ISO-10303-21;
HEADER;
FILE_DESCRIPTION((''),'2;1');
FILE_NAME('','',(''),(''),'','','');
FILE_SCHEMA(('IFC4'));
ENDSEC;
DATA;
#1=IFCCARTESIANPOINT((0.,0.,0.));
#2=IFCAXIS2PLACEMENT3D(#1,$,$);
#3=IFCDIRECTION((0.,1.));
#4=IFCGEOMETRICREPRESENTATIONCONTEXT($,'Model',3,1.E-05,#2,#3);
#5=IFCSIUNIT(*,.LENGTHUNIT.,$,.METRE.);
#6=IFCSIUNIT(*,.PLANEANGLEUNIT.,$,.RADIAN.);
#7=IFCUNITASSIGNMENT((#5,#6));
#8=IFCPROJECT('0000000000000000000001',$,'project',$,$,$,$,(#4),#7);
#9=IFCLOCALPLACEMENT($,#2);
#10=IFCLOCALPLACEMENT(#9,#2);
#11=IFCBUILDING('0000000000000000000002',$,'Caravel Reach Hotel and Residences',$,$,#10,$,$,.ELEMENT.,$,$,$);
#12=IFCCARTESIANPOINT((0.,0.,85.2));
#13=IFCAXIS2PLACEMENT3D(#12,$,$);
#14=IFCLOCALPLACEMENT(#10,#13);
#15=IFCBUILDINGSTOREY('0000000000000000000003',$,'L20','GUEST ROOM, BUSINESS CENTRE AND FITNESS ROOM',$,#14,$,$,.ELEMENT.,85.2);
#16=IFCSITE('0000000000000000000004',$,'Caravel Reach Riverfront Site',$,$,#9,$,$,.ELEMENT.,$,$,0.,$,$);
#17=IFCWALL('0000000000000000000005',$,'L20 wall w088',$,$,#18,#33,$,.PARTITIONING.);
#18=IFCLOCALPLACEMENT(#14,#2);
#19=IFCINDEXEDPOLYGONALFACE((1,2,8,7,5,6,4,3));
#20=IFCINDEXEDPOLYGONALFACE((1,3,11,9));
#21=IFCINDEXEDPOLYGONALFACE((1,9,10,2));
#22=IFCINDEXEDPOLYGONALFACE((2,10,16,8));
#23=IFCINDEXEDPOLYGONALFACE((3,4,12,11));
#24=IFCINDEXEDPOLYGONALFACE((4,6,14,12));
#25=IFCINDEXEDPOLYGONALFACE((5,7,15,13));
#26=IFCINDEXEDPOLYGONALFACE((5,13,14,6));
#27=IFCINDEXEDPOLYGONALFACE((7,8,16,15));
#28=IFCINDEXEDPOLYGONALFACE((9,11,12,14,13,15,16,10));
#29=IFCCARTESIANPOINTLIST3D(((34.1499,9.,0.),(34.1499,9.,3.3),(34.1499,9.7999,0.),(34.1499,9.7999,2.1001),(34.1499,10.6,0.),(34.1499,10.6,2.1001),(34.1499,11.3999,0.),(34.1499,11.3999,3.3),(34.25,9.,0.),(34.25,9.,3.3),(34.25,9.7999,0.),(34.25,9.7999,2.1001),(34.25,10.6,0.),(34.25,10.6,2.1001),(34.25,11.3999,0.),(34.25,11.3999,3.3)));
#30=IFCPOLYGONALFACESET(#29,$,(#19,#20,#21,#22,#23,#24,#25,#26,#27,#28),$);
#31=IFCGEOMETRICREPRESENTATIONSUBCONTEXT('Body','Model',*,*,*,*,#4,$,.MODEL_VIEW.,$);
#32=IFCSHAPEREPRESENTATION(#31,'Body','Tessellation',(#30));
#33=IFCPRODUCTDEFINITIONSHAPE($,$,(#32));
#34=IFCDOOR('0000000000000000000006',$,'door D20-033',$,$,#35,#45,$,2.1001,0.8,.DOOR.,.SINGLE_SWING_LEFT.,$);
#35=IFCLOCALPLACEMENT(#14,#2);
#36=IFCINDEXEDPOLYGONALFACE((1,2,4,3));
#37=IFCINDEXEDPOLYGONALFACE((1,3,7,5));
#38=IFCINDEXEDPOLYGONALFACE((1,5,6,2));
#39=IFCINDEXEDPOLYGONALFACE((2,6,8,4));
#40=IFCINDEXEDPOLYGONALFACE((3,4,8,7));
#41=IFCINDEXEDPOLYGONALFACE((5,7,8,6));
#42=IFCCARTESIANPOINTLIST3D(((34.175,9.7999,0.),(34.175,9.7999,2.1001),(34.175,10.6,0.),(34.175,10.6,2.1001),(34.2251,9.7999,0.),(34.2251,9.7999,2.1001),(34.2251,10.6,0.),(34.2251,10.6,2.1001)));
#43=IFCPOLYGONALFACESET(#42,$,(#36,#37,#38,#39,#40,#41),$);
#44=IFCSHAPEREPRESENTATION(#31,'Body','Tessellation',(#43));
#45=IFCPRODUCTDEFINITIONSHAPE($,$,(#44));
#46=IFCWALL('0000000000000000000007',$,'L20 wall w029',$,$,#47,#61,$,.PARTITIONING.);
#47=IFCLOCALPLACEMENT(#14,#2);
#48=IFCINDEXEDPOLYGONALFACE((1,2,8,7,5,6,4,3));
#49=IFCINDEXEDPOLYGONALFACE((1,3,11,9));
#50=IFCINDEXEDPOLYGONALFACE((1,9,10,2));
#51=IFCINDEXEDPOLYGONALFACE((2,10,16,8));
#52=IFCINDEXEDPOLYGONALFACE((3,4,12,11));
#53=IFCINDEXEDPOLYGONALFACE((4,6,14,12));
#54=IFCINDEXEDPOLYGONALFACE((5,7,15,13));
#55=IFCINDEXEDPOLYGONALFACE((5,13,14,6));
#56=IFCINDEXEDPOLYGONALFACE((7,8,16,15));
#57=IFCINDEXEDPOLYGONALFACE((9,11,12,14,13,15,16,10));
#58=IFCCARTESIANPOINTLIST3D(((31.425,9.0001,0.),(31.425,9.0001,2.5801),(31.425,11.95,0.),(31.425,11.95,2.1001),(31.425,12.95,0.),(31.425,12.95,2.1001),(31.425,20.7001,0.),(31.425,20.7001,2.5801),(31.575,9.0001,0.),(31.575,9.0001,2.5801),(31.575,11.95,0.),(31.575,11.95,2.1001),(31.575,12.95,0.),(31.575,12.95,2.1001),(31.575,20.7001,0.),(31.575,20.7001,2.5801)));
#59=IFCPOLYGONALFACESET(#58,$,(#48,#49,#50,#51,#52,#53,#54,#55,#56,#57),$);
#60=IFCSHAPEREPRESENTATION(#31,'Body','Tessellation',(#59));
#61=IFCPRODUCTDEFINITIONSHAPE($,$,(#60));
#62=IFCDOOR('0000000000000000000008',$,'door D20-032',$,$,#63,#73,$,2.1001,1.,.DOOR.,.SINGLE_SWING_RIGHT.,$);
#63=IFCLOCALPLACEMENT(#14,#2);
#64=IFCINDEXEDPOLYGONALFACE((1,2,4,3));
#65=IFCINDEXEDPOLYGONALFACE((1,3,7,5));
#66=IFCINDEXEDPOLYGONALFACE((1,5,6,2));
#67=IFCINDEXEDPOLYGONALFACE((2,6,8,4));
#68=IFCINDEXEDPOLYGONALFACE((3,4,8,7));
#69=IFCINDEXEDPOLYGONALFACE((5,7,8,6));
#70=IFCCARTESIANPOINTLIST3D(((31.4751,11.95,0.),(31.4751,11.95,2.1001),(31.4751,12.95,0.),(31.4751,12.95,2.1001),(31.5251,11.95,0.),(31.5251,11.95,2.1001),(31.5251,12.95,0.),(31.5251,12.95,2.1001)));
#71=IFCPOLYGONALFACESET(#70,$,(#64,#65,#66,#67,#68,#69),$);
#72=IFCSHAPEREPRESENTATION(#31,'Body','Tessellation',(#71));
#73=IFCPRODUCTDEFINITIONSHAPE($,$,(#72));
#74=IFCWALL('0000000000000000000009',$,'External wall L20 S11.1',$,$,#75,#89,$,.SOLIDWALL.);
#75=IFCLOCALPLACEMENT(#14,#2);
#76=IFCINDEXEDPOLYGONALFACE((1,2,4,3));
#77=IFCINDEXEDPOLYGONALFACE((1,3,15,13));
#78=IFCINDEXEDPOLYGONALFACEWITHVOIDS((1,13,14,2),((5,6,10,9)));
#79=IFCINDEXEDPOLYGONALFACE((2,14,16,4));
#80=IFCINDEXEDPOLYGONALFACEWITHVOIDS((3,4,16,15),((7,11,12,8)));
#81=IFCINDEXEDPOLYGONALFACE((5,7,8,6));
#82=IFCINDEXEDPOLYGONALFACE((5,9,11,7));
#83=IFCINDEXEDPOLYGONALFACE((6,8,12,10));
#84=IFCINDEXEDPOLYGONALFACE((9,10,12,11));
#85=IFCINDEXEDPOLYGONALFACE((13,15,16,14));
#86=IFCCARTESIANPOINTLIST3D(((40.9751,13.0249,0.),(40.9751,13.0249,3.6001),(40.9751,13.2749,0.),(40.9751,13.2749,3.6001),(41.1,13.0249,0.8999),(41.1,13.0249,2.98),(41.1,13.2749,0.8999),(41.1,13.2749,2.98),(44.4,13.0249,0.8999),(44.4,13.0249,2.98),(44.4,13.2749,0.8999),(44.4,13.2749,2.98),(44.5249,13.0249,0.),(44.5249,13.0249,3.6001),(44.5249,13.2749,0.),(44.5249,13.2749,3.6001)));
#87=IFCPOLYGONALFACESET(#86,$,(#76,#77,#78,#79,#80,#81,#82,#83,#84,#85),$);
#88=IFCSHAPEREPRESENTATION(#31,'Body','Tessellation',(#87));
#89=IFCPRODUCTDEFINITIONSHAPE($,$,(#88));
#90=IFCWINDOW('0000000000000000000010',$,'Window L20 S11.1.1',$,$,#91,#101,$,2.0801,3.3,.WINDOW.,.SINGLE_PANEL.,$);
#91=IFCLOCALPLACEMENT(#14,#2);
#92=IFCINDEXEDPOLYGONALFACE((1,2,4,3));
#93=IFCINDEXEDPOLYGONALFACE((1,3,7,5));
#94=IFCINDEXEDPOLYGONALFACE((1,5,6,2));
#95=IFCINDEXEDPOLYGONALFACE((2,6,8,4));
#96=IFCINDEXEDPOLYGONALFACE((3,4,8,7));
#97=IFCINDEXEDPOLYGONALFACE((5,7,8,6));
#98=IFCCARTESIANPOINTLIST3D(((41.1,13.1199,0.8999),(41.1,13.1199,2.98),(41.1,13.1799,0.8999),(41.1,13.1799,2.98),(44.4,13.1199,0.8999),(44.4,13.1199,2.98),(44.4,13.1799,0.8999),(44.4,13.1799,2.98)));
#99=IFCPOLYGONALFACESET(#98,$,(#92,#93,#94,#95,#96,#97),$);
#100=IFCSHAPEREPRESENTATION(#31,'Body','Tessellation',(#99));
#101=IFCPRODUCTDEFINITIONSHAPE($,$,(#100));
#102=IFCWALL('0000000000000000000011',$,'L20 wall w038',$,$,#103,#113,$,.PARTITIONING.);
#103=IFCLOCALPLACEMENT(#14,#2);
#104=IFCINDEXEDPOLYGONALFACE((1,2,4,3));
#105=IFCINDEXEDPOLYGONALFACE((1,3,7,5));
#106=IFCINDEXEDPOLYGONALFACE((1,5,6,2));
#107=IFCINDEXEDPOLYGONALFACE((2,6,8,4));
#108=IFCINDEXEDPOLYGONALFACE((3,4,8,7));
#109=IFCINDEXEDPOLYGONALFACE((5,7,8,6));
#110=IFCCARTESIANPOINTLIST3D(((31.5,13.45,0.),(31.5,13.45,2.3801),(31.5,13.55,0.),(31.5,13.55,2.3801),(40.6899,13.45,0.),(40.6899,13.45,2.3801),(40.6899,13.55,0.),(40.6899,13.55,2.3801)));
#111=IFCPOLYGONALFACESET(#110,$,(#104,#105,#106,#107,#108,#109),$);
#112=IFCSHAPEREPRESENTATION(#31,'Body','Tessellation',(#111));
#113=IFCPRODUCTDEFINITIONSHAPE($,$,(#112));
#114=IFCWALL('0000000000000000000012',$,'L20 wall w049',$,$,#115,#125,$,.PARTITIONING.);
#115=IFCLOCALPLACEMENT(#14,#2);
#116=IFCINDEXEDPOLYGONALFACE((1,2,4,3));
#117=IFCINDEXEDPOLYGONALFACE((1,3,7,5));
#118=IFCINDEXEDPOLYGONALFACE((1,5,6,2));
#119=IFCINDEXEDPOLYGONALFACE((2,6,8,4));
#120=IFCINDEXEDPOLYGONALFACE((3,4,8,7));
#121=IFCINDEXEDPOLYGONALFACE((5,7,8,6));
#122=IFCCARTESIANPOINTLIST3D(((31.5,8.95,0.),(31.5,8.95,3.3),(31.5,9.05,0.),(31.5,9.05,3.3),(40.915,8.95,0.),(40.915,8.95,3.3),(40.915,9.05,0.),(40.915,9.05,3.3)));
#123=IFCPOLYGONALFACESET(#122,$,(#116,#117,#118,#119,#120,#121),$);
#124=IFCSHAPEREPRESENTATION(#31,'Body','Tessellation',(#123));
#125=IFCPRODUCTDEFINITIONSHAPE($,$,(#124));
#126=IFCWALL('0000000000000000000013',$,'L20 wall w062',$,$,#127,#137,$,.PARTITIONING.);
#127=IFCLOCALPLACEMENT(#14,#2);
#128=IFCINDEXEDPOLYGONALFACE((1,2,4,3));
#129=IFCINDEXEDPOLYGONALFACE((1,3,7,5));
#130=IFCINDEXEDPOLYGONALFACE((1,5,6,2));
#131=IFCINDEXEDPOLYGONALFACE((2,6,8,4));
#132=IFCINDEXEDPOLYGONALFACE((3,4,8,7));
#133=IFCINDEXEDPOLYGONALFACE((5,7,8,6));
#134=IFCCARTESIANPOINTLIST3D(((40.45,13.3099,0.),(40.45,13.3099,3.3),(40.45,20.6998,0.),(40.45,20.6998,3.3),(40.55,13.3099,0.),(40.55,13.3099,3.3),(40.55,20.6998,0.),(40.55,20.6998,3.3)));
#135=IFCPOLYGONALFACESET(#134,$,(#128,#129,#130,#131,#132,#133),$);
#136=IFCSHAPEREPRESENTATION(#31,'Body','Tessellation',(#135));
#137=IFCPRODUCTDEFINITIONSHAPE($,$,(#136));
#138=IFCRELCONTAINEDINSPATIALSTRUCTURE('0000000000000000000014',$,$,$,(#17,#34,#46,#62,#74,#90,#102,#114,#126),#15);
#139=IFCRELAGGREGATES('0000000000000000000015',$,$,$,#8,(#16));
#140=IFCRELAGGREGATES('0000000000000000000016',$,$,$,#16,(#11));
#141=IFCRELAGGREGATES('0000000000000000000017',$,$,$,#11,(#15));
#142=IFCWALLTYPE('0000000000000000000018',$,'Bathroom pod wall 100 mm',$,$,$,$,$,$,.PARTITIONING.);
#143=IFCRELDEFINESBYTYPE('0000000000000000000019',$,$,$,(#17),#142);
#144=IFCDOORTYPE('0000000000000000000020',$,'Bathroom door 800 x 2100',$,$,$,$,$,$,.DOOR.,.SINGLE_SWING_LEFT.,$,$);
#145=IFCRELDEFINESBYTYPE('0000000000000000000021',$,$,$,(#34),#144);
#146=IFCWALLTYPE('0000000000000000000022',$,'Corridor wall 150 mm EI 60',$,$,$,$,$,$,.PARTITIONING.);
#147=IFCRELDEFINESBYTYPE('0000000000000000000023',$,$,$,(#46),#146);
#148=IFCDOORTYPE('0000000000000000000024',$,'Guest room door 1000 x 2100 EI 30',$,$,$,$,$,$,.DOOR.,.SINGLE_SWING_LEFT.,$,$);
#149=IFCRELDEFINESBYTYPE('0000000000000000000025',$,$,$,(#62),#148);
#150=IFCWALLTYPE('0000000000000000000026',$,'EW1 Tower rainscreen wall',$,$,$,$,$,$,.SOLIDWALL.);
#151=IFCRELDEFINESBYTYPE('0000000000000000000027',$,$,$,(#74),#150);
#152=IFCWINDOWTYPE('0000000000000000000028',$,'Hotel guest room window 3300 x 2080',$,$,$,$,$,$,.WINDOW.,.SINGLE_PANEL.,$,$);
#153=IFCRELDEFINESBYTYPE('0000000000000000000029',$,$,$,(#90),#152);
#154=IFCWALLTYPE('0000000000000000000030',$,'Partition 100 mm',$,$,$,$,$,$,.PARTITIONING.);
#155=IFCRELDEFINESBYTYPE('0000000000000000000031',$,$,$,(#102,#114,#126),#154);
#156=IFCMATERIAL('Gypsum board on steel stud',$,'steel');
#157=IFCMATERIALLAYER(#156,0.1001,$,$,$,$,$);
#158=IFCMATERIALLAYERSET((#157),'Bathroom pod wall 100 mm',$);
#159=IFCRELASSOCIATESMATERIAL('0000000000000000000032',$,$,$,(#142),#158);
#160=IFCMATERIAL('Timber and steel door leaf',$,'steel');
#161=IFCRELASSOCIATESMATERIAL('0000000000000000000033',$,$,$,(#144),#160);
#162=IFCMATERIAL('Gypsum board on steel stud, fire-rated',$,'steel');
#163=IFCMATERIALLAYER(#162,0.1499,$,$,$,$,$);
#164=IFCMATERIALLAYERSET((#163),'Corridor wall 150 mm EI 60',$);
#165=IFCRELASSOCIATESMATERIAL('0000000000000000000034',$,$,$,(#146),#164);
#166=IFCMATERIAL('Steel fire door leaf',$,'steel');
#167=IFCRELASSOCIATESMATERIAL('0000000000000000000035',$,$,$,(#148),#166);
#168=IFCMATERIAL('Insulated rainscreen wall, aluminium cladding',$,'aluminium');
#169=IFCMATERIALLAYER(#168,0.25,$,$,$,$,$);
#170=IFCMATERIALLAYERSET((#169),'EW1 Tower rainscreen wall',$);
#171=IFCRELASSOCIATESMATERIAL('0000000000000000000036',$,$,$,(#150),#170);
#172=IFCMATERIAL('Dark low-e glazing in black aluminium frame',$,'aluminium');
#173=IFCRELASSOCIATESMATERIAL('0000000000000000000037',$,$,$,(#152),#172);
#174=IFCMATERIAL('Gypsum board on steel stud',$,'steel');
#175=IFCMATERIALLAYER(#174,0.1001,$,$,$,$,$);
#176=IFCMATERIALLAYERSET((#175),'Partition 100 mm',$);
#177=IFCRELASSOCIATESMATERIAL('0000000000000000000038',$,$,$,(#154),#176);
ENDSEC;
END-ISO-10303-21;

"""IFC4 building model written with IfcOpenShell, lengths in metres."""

from ifc_helpers import new_model, si_unit, direction, frame, frame_2d, origin, place, context, subcontext, project, spatial, rectangle, extrude, material, layer, layer_set, type_object, element, fill, save


model = new_model("IFC4")

# Units and contexts
model_context = context("Model", 3, precision=1e-05, world=origin(), true_north=direction((0.0, 1.0)))
body_context = subcontext(model_context, "Body", "Model", "MODEL_VIEW")
ifc_project = project(units=[si_unit("LENGTHUNIT", "METRE"), si_unit("PLANEANGLEUNIT", "RADIAN")], contexts=[model_context])

# Site, building, storey
site_placement = place(None, origin())
site = spatial("IfcSite", under=ifc_project, at=site_placement, Name="Caravel Reach Riverfront Site", CompositionType="ELEMENT", RefElevation=0.0)
building_placement = place(site_placement, origin())
building = spatial("IfcBuilding", under=site, at=building_placement, Name="Caravel Reach Hotel and Residences", CompositionType="ELEMENT")
storey_placement = place(building_placement, frame((0.0, 0.0, 85.2)))
storey = spatial("IfcBuildingStorey", under=building, at=storey_placement, Name="L20", Description="GUEST ROOM, BUSINESS CENTRE AND FITNESS ROOM", CompositionType="ELEMENT", Elevation=85.2)

# Shared definitions
ifc_material_1 = material(Name="Gypsum board on steel stud", Category="steel")
ifc_layer_1 = layer(ifc_material_1, 0.1001)
ifc_layer_set_1 = layer_set([ifc_layer_1], Name="Bathroom pod wall 100 mm")
wall_type_1 = type_object("IfcWallType", Name="Bathroom pod wall 100 mm", PredefinedType="PARTITIONING", material=ifc_layer_set_1)

# Walls, openings, doors
wall_1_placement = place(storey_placement, frame((34.2, 9.0, 0.0), z_axis=(0.0, 0.0, 1.0), x_axis=(0.0, 1.0, 0.0)))
wall_1 = element("IfcWall", 1, at=wall_1_placement, inside=storey, type_object=wall_type_1, Name="L20 wall w088", PredefinedType="PARTITIONING", context=body_context, shape_type="SweptSolid", body=[
    extrude(rectangle(XDim=2.3999, YDim=0.1001, at=frame_2d((1.2, 0.0))), origin(), (0.0, 0.0, 1.0), 3.3),
])
opening_1_placement = place(wall_1_placement, frame((0.8, 0.0, 0.0)))
opening_1 = element("IfcOpeningElement", 2, at=opening_1_placement, cuts=wall_1, PredefinedType="OPENING", context=body_context, shape_type="SweptSolid", body=[
    extrude(rectangle(XDim=0.8, YDim=2.1001, at=frame_2d((0.3999, 1.05))), frame((0.0, 0.0601, 0.0), z_axis=(0.0, -1.0, 0.0), x_axis=(1.0, 0.0, 0.0)), (0.0, 0.0, 1.0), 0.1201),
])
ifc_material_2 = material(Name="Timber and steel door leaf", Category="steel")
door_type_1 = type_object("IfcDoorType", Name="Bathroom door 800 x 2100", OperationType="SINGLE_SWING_LEFT", PredefinedType="DOOR", material=ifc_material_2)
door_1_placement = place(opening_1_placement, origin())
door_1 = element("IfcDoor", 3, at=door_1_placement, inside=storey, type_object=door_type_1, Name="door D20-033", OperationType="SINGLE_SWING_LEFT", OverallHeight=2.1001, OverallWidth=0.8, PredefinedType="DOOR", context=body_context, shape_type="SweptSolid", body=[
    extrude(rectangle(XDim=0.8, YDim=2.1001, at=frame_2d((0.3999, 1.05))), frame((0.0, 0.0249, 0.0), z_axis=(0.0, -1.0, 0.0), x_axis=(1.0, 0.0, 0.0)), (0.0, 0.0, 1.0), 0.05),
])
fill(opening_1, door_1)
ifc_material_3 = material(Name="Gypsum board on steel stud, fire-rated", Category="steel")
ifc_layer_2 = layer(ifc_material_3, 0.1499)
ifc_layer_set_2 = layer_set([ifc_layer_2], Name="Corridor wall 150 mm EI 60")
wall_type_2 = type_object("IfcWallType", Name="Corridor wall 150 mm EI 60", PredefinedType="PARTITIONING", material=ifc_layer_set_2)
wall_2_placement = place(storey_placement, frame((31.5, 9.0, 0.0), z_axis=(0.0, 0.0, 1.0), x_axis=(0.0, 1.0, 0.0)))
wall_2 = element("IfcWall", 4, at=wall_2_placement, inside=storey, type_object=wall_type_2, Name="L20 wall w029", PredefinedType="PARTITIONING", context=body_context, shape_type="SweptSolid", body=[
    extrude(rectangle(XDim=11.7, YDim=0.1499, at=frame_2d((5.8501, 0.0))), origin(), (0.0, 0.0, 1.0), 2.5801),
])
opening_2_placement = place(wall_2_placement, frame((2.95, 0.0, 0.0)))
opening_2 = element("IfcOpeningElement", 5, at=opening_2_placement, cuts=wall_2, PredefinedType="OPENING", context=body_context, shape_type="SweptSolid", body=[
    extrude(rectangle(XDim=1.0, YDim=2.1001, at=frame_2d((0.5, 1.05))), frame((0.0, 0.085, 0.0), z_axis=(0.0, -1.0, 0.0), x_axis=(1.0, 0.0, 0.0)), (0.0, 0.0, 1.0), 0.1699),
])
ifc_material_4 = material(Name="Steel fire door leaf", Category="steel")
door_type_2 = type_object("IfcDoorType", Name="Guest room door 1000 x 2100 EI 30", OperationType="SINGLE_SWING_LEFT", PredefinedType="DOOR", material=ifc_material_4)
door_2_placement = place(opening_2_placement, origin())
door_2 = element("IfcDoor", 6, at=door_2_placement, inside=storey, type_object=door_type_2, Name="door D20-032", OperationType="SINGLE_SWING_RIGHT", OverallHeight=2.1001, OverallWidth=1.0, PredefinedType="DOOR", context=body_context, shape_type="SweptSolid", body=[
    extrude(rectangle(XDim=1.0, YDim=2.1001, at=frame_2d((0.5, 1.05))), frame((0.0, 0.0249, 0.0), z_axis=(0.0, -1.0, 0.0), x_axis=(1.0, 0.0, 0.0)), (0.0, 0.0, 1.0), 0.05),
])
fill(opening_2, door_2)

# Wall, opening, window
ifc_material_5 = material(Name="Insulated rainscreen wall, aluminium cladding", Category="aluminium")
ifc_layer_3 = layer(ifc_material_5, 0.25)
ifc_layer_set_3 = layer_set([ifc_layer_3], Name="EW1 Tower rainscreen wall")
wall_type_3 = type_object("IfcWallType", Name="EW1 Tower rainscreen wall", PredefinedType="SOLIDWALL", material=ifc_layer_set_3)
wall_3_placement = place(storey_placement, frame((40.9751, 13.1499, 0.0), z_axis=(0.0, 0.0, 1.0), x_axis=(1.0, 0.0, 0.0)))
wall_3 = element("IfcWall", 7, at=wall_3_placement, inside=storey, type_object=wall_type_3, Name="External wall L20 S11.1", PredefinedType="SOLIDWALL", context=body_context, shape_type="SweptSolid", body=[
    extrude(rectangle(XDim=3.5498, YDim=0.25, at=frame_2d((1.7749, 0.0))), origin(), (0.0, 0.0, 1.0), 3.6001),
])
opening_3_placement = place(wall_3_placement, frame((0.125, 0.0, 0.8999)))
opening_3 = element("IfcOpeningElement", 8, at=opening_3_placement, cuts=wall_3, PredefinedType="OPENING", context=body_context, shape_type="SweptSolid", body=[
    extrude(rectangle(XDim=3.3, YDim=2.0801, at=frame_2d((1.6499, 1.04))), frame((0.0, 0.135, 0.0), z_axis=(0.0, -1.0, 0.0), x_axis=(1.0, 0.0, 0.0)), (0.0, 0.0, 1.0), 0.27),
])
ifc_material_6 = material(Name="Dark low-e glazing in black aluminium frame", Category="aluminium")
window_type = type_object("IfcWindowType", Name="Hotel guest room window 3300 x 2080", PartitioningType="SINGLE_PANEL", PredefinedType="WINDOW", material=ifc_material_6)
window_placement = place(opening_3_placement, origin())
window = element("IfcWindow", 9, at=window_placement, inside=storey, type_object=window_type, Name="Window L20 S11.1.1", OverallHeight=2.0801, OverallWidth=3.3, PartitioningType="SINGLE_PANEL", PredefinedType="WINDOW", context=body_context, shape_type="SweptSolid", body=[
    extrude(rectangle(XDim=3.3, YDim=2.0801, at=frame_2d((1.6499, 1.04))), frame((0.0, 0.03, 0.0), z_axis=(0.0, -1.0, 0.0), x_axis=(1.0, 0.0, 0.0)), (0.0, 0.0, 1.0), 0.0601),
])
fill(opening_3, window)

# Walls
ifc_material_7 = material(Name="Gypsum board on steel stud", Category="steel")
ifc_layer_4 = layer(ifc_material_7, 0.1001)
ifc_layer_set_4 = layer_set([ifc_layer_4], Name="Partition 100 mm")
wall_type_4 = type_object("IfcWallType", Name="Partition 100 mm", PredefinedType="PARTITIONING", material=ifc_layer_set_4)
wall_4_placement = place(storey_placement, frame((31.5, 13.5, 0.0), z_axis=(0.0, 0.0, 1.0), x_axis=(1.0, 0.0, 0.0)))
element("IfcWall", 10, at=wall_4_placement, inside=storey, type_object=wall_type_4, Name="L20 wall w038", PredefinedType="PARTITIONING", context=body_context, shape_type="SweptSolid", body=[
    extrude(rectangle(XDim=9.1899, YDim=0.1001, at=frame_2d((4.595, 0.0))), origin(), (0.0, 0.0, 1.0), 2.3801),
])
wall_5_placement = place(storey_placement, frame((31.5, 9.0, 0.0), z_axis=(0.0, 0.0, 1.0), x_axis=(1.0, 0.0, 0.0)))
element("IfcWall", 11, at=wall_5_placement, inside=storey, type_object=wall_type_4, Name="L20 wall w049", PredefinedType="PARTITIONING", context=body_context, shape_type="SweptSolid", body=[
    extrude(rectangle(XDim=9.415, YDim=0.1001, at=frame_2d((4.7075, 0.0))), origin(), (0.0, 0.0, 1.0), 3.3),
])
wall_6_placement = place(storey_placement, frame((40.5, 13.3101, 0.0), z_axis=(0.0, 0.0, 1.0), x_axis=(0.0, 1.0, 0.0)))
element("IfcWall", 12, at=wall_6_placement, inside=storey, type_object=wall_type_4, Name="L20 wall w062", PredefinedType="PARTITIONING", context=body_context, shape_type="SweptSolid", body=[
    extrude(rectangle(XDim=7.3899, YDim=0.1001, at=frame_2d((3.6948, 0.0))), origin(), (0.0, 0.0, 1.0), 3.3),
])

save(model, "model.ifc")
